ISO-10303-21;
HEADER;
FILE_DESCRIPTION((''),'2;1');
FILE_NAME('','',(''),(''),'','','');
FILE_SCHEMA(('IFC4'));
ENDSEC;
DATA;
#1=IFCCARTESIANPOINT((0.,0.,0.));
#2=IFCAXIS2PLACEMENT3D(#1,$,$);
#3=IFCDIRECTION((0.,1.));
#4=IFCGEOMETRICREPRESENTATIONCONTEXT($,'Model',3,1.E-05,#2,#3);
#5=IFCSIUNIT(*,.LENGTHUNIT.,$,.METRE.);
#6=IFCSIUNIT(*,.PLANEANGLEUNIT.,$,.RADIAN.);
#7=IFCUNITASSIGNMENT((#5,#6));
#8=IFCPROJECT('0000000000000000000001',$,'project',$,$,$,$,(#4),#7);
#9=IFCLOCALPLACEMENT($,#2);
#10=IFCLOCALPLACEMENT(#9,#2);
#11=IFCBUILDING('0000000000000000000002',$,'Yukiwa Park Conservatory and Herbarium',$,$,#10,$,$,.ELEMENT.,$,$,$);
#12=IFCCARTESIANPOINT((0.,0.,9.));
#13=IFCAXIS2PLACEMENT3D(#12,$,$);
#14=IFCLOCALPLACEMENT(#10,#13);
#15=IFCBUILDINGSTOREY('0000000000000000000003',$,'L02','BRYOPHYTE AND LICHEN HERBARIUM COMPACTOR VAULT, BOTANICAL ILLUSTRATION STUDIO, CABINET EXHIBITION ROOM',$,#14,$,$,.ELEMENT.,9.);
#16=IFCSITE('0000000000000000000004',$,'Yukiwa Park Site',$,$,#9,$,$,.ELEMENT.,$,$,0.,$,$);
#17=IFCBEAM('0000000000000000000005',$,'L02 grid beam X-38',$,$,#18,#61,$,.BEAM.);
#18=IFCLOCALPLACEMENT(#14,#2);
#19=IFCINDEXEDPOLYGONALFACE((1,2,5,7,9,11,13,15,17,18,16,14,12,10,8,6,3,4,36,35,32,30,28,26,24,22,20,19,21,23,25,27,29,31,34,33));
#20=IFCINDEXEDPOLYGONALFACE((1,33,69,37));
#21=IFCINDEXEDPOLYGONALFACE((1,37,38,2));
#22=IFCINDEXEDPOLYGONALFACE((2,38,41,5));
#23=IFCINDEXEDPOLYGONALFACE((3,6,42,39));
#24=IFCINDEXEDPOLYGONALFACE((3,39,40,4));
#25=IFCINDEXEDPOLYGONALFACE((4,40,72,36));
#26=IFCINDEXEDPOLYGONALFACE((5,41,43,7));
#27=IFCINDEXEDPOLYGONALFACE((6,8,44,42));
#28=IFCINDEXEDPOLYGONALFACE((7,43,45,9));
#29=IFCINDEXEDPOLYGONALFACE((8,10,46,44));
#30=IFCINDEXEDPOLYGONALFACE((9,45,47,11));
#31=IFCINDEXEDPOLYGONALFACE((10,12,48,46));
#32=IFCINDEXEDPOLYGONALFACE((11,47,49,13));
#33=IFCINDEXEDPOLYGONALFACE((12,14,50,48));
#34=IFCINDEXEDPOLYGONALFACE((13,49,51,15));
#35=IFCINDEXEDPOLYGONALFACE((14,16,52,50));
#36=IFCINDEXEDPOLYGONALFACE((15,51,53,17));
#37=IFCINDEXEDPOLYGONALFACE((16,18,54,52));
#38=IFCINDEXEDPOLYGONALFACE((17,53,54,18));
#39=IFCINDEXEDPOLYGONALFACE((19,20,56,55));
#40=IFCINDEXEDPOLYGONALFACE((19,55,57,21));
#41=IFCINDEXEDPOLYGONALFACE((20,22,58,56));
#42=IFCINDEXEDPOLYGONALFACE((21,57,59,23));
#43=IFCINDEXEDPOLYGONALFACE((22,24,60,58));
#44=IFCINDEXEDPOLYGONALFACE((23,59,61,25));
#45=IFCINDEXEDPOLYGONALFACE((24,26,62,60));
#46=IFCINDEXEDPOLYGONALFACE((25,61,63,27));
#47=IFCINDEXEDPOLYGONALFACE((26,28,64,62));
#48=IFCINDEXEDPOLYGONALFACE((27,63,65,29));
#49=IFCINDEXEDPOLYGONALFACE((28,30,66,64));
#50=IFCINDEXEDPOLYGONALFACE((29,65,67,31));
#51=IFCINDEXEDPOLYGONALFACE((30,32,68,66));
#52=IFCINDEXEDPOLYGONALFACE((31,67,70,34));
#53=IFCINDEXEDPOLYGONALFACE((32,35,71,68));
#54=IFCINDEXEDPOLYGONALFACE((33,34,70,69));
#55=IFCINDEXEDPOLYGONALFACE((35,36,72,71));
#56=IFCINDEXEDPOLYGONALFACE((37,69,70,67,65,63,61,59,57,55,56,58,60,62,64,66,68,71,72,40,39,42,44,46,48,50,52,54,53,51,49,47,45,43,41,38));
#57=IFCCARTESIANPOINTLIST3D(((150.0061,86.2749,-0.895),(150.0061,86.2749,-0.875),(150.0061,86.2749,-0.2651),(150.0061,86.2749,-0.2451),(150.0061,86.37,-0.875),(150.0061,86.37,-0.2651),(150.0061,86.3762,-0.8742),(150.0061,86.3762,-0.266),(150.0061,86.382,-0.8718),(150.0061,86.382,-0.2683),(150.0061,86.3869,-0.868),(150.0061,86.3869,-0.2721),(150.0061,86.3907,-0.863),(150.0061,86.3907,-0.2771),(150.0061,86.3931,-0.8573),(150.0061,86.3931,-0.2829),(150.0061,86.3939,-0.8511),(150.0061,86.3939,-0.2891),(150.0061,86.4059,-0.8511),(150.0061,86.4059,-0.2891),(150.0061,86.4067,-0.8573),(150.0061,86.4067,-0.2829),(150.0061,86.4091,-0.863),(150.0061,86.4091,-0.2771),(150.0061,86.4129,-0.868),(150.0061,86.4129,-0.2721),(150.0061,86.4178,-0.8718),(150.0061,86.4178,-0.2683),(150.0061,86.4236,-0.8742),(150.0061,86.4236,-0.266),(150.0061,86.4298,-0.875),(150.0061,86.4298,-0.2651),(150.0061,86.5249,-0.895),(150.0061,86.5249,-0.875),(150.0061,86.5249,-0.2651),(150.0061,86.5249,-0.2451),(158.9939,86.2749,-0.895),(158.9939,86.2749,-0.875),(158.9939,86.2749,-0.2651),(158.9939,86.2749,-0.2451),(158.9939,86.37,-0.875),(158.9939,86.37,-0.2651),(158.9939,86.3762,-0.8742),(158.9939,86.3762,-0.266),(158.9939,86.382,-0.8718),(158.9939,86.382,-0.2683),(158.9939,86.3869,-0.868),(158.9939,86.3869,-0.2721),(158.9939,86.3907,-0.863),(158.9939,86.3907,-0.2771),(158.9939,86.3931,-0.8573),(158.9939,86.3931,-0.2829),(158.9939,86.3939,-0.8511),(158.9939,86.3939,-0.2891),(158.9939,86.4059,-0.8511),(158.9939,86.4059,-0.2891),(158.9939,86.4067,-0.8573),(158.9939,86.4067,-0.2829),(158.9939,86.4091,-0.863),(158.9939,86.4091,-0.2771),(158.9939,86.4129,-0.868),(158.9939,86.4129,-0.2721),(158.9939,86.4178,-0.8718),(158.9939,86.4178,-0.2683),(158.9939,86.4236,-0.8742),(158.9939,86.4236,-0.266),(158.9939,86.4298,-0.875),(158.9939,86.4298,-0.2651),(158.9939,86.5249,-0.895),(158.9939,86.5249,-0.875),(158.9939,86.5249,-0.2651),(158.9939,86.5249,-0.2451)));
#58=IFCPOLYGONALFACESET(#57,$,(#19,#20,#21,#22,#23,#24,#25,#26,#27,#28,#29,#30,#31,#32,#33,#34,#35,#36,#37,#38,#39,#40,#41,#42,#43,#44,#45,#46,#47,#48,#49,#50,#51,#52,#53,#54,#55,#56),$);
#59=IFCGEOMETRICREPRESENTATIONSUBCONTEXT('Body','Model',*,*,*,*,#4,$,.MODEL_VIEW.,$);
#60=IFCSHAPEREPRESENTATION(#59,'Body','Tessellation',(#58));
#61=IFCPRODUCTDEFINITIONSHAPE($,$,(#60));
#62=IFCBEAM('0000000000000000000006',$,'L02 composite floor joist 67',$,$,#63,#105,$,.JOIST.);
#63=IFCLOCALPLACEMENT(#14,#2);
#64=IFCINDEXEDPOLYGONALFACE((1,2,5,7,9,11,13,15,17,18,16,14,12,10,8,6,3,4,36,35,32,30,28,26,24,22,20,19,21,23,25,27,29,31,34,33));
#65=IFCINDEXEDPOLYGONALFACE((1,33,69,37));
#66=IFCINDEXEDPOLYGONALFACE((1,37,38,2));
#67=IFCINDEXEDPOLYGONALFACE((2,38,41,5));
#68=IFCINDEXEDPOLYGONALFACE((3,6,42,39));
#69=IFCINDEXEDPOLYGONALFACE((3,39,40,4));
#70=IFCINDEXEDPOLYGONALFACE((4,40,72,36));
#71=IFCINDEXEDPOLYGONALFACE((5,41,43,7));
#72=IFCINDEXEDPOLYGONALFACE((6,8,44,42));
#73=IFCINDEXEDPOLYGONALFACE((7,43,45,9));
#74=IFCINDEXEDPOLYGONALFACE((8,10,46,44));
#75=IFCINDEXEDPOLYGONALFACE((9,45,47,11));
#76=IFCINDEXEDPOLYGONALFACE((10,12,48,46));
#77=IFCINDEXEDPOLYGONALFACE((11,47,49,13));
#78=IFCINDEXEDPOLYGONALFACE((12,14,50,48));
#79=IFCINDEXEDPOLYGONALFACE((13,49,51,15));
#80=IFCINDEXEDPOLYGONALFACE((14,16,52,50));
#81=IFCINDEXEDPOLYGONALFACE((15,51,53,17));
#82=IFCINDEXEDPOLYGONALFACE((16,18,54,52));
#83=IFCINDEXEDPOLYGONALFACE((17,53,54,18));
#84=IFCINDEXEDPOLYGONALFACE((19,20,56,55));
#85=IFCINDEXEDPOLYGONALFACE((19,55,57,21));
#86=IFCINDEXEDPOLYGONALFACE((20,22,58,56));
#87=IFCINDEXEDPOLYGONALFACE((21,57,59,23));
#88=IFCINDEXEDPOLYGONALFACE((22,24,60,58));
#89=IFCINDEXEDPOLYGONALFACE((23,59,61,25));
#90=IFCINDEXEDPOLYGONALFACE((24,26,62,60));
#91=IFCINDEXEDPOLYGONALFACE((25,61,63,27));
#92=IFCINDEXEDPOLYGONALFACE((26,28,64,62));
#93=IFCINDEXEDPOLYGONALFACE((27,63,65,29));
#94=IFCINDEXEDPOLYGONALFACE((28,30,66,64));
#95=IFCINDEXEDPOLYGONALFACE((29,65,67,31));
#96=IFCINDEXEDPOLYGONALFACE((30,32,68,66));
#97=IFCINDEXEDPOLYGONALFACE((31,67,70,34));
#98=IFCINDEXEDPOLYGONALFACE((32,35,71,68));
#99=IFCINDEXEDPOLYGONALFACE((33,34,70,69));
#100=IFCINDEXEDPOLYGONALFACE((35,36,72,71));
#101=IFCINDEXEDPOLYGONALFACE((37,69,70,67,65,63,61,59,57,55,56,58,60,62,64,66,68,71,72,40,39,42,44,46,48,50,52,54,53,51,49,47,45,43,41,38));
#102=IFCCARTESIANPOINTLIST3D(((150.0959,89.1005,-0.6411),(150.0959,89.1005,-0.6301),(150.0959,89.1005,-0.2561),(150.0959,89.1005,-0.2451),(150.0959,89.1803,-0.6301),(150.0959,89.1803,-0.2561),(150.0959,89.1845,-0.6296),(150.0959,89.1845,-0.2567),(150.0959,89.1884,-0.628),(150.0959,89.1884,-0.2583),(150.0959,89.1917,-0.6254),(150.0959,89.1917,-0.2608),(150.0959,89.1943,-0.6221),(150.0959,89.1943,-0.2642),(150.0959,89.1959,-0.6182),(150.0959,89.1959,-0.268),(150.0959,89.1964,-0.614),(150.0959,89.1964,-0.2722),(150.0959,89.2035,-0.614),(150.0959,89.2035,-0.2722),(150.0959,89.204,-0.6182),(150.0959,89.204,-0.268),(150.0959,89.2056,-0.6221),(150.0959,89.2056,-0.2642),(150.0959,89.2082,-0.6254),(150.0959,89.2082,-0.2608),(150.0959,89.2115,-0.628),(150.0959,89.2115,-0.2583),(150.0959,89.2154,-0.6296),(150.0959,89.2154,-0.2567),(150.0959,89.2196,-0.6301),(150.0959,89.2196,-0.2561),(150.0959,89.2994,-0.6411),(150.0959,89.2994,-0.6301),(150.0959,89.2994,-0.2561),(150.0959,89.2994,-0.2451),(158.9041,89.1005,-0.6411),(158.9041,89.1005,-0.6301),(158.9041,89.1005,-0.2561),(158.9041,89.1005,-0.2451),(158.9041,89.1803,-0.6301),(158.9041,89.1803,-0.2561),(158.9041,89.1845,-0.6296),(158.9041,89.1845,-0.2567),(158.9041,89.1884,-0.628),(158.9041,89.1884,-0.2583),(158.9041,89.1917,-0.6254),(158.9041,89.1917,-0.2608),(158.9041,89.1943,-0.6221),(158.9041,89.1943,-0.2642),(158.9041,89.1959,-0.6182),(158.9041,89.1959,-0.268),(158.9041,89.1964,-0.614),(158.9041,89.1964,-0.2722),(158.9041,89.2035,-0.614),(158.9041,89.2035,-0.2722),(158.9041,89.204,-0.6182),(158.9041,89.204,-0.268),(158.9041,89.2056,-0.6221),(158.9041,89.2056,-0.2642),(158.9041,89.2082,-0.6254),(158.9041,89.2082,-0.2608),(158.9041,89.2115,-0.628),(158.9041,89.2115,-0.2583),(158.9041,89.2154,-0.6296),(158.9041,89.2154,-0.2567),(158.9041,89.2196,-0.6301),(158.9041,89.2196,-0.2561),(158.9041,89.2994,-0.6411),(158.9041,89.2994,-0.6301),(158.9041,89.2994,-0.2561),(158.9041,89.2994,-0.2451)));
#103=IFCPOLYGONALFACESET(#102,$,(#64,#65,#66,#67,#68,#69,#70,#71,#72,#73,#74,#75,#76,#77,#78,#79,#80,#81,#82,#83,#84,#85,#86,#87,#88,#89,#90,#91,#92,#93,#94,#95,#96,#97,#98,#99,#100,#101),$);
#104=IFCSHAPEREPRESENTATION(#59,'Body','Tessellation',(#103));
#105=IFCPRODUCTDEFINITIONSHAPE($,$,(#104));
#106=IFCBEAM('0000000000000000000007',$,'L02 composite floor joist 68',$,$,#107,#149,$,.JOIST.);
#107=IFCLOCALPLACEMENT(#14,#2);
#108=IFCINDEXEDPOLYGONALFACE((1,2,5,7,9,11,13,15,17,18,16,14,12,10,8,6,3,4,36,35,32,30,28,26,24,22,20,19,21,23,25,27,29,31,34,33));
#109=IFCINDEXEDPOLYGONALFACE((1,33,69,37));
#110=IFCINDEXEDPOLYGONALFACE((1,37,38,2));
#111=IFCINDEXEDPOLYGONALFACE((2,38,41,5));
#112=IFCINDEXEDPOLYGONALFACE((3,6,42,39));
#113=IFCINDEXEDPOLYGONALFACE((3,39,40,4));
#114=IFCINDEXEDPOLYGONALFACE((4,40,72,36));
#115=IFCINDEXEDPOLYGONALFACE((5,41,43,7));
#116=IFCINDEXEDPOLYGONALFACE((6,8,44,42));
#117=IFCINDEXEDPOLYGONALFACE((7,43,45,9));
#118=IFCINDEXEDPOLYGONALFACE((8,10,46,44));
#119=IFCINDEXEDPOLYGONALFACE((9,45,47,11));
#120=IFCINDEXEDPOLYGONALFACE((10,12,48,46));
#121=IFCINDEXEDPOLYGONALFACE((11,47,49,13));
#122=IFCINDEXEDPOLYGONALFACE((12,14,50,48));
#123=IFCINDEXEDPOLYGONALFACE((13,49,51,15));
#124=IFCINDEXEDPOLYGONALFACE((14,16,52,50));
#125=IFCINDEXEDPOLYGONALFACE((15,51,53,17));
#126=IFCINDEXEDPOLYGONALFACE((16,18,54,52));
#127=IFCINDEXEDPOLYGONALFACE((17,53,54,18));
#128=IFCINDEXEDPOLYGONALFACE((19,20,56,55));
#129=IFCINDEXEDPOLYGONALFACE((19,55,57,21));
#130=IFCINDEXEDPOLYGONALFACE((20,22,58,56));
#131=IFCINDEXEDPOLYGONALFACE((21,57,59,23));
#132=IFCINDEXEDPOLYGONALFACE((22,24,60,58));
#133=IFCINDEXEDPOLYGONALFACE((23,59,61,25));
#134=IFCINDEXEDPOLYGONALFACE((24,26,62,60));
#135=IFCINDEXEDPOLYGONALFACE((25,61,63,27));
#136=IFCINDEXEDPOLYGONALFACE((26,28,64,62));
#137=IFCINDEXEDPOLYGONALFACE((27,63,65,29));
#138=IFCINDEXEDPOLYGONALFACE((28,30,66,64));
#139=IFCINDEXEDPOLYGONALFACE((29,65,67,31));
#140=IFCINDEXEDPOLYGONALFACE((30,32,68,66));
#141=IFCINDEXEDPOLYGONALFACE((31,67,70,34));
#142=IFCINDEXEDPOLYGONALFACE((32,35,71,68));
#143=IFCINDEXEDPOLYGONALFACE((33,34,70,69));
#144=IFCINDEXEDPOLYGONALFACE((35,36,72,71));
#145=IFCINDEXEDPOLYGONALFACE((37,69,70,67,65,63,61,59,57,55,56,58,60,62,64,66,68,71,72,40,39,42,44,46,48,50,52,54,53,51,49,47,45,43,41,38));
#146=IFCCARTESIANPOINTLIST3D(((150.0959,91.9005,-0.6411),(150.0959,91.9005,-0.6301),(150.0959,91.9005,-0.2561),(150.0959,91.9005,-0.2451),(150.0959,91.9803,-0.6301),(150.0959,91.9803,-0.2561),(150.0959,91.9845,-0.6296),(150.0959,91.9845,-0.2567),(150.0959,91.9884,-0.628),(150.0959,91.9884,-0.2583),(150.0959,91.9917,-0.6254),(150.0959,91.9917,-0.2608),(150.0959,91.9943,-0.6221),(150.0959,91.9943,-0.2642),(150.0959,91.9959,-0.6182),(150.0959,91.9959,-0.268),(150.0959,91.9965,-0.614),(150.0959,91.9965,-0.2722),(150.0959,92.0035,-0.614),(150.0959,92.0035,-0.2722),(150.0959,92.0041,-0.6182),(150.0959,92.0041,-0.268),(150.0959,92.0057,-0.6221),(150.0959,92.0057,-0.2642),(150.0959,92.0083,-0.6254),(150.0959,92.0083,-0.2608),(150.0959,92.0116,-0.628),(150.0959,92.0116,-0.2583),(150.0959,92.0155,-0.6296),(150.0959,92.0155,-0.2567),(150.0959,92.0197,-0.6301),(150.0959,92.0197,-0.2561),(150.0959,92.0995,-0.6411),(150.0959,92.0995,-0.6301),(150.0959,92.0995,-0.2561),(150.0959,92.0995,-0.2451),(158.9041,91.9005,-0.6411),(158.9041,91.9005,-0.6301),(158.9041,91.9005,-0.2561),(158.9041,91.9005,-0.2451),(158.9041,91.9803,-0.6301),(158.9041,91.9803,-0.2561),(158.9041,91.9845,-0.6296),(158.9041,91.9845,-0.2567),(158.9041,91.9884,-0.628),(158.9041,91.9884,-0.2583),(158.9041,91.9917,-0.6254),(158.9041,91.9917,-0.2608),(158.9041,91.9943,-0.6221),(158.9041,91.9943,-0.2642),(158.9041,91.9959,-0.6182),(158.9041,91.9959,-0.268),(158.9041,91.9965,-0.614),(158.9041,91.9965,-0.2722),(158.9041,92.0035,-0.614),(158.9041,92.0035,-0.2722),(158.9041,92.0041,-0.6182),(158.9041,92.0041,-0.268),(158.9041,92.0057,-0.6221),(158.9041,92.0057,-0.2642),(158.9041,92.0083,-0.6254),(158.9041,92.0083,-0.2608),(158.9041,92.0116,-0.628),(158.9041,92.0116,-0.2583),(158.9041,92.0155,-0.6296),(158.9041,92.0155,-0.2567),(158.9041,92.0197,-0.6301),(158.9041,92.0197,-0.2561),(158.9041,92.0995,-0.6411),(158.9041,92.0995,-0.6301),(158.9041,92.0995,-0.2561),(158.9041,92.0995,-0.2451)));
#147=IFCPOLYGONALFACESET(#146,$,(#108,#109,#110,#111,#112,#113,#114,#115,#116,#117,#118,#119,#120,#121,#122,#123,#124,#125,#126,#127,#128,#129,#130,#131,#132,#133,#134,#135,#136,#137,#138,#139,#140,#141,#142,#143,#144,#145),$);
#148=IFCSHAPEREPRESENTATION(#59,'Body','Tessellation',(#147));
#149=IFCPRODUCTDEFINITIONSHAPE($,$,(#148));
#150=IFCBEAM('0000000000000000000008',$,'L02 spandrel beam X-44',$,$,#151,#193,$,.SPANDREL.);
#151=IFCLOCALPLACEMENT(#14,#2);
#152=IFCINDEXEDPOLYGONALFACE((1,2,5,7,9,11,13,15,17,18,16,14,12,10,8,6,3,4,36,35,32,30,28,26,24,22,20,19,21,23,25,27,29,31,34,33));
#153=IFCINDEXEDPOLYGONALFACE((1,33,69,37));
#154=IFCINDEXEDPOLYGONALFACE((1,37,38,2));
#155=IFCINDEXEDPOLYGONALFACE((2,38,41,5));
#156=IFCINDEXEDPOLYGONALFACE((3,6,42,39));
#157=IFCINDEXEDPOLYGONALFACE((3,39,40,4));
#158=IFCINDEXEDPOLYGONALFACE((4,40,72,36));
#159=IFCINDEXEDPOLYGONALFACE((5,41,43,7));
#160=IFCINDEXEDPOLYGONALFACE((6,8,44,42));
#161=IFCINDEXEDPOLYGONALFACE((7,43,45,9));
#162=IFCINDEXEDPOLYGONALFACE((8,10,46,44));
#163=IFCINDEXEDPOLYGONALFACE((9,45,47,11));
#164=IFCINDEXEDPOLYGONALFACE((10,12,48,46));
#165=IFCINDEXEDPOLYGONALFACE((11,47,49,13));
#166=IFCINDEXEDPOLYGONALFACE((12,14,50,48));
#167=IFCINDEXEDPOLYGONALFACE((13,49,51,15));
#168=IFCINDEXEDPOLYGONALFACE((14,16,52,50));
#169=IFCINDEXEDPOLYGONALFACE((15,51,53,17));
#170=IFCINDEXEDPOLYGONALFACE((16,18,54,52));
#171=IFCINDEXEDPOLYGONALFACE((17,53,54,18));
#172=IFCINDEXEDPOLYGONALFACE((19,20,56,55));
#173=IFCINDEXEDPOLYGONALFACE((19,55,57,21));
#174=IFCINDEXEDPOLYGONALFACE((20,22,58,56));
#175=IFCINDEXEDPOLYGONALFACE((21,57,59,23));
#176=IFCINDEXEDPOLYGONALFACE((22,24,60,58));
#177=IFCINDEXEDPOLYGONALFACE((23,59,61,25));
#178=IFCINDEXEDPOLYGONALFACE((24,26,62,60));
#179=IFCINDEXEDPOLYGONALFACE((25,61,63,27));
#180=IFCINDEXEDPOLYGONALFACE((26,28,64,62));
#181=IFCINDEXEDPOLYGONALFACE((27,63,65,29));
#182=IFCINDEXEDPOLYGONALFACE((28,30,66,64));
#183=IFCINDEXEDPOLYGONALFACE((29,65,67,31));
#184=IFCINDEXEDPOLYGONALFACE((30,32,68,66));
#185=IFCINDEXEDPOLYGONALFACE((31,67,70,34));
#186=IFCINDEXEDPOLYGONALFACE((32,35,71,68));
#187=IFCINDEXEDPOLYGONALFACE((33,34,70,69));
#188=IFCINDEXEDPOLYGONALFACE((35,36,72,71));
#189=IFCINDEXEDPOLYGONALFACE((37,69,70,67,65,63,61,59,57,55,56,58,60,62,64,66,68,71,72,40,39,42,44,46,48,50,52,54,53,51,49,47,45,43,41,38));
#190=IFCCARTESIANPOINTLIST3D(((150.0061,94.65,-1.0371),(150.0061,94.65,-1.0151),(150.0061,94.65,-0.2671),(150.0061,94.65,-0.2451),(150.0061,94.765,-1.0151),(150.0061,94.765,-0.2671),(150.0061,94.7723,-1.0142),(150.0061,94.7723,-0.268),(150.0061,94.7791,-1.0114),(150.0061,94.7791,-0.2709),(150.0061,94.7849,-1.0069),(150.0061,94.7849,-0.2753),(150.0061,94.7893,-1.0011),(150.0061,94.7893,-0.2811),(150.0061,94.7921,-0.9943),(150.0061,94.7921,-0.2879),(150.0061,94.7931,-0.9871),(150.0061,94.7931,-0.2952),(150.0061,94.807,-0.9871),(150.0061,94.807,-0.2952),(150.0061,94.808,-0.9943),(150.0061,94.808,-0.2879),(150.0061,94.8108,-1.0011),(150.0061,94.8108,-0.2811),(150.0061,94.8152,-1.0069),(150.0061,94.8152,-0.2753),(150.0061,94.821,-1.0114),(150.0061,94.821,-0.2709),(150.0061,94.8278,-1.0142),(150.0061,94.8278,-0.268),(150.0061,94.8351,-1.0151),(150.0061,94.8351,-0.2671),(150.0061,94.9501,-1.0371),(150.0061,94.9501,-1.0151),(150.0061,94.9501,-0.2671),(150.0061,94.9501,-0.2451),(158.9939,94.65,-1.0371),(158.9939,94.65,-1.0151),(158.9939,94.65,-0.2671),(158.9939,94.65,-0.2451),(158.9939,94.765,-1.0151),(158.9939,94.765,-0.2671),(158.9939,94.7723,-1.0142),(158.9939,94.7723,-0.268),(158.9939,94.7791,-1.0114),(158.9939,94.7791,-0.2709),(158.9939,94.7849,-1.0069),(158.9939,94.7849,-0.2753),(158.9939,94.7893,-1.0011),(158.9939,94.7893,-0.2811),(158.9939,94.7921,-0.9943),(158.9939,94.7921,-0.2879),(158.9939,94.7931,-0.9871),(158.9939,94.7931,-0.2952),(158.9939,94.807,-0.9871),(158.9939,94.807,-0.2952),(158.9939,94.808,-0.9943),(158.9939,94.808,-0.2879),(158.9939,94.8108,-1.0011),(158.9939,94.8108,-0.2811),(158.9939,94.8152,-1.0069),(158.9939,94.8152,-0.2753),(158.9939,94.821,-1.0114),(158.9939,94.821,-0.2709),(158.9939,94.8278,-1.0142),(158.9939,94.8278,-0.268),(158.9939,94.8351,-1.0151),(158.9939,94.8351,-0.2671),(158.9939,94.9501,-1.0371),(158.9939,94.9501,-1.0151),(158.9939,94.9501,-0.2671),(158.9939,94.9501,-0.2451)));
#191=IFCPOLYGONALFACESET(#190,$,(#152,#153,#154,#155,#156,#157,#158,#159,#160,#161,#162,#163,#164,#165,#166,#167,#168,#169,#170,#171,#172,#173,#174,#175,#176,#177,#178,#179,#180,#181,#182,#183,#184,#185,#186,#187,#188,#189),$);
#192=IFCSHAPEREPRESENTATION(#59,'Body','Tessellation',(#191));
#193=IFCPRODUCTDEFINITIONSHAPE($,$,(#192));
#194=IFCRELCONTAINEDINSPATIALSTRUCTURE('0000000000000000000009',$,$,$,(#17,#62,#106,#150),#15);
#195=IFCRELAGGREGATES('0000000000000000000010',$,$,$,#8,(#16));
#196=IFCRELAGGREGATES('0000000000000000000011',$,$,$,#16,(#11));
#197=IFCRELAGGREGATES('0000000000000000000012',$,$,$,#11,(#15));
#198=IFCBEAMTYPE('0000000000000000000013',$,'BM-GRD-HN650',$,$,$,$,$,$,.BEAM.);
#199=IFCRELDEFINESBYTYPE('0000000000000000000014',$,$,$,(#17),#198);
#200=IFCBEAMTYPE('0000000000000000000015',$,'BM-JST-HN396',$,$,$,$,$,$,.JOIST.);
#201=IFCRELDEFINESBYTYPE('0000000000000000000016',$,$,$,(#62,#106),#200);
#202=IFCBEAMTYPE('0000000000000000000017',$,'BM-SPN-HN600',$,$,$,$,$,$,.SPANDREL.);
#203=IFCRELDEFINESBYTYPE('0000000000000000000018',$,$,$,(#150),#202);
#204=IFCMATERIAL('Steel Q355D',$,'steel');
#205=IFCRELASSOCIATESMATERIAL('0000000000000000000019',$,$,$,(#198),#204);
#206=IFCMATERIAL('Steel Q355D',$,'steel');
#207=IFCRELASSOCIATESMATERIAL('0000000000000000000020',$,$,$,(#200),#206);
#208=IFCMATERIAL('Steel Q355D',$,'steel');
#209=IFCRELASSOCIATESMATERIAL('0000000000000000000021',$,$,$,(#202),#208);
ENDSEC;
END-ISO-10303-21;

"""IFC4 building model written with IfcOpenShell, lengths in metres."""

from ifc_helpers import new_model, si_unit, direction, frame, origin, origin_2d, place, context, subcontext, project, spatial, i_section, extrude, material, material_profile, profile_set, type_object, element, save


model = new_model("IFC4")

# Units and contexts
model_context = context("Model", 3, precision=1e-05, world=origin(), true_north=direction((0.0, 1.0)))
body_context = subcontext(model_context, "Body", "Model", "MODEL_VIEW")
ifc_project = project(units=[si_unit("LENGTHUNIT", "METRE"), si_unit("PLANEANGLEUNIT", "RADIAN")], contexts=[model_context])

# Site, building, storey
site_placement = place(None, origin())
site = spatial("IfcSite", under=ifc_project, at=site_placement, Name="Yukiwa Park Site", CompositionType="ELEMENT", RefElevation=0.0)
building_placement = place(site_placement, origin())
building = spatial("IfcBuilding", under=site, at=building_placement, Name="Yukiwa Park Conservatory and Herbarium", CompositionType="ELEMENT")
storey_placement = place(building_placement, frame((0.0, 0.0, 9.0)))
storey = spatial("IfcBuildingStorey", under=building, at=storey_placement, Name="L02", Description="BRYOPHYTE AND LICHEN HERBARIUM COMPACTOR VAULT, BOTANICAL ILLUSTRATION STUDIO, CABINET EXHIBITION ROOM", CompositionType="ELEMENT", Elevation=9.0)

# Beams
ifc_material_1 = material(Name="Steel Q355D", Category="steel")
ifc_material_profile_1 = material_profile(ifc_material_1, i_section(OverallWidth=0.25, OverallDepth=0.6499, WebThickness=0.012, FlangeThickness=0.02, FilletRadius=0.0239, at=origin_2d()), Name="HN 650x250x12x20")
ifc_profile_set_1 = profile_set([ifc_material_profile_1], Name="Steel Q355D")
beam_type_1 = type_object("IfcBeamType", Name="BM-GRD-HN650", PredefinedType="BEAM", material=ifc_profile_set_1)
beam_1_placement = place(storey_placement, frame((150.0061, 86.3999, -0.5701), z_axis=(1.0, 0.0, 0.0), x_axis=(0.0, 1.0, 0.0)))
element("IfcBeam", 1, at=beam_1_placement, inside=storey, type_object=beam_type_1, Name="L02 grid beam X-38", PredefinedType="BEAM", context=body_context, shape_type="SweptSolid", body=[
    extrude(i_section(OverallWidth=0.25, OverallDepth=0.6499, WebThickness=0.012, FlangeThickness=0.02, FilletRadius=0.0239, at=origin_2d()), origin(), (0.0, 0.0, 1.0), 8.9878),
])
ifc_material_2 = material(Name="Steel Q355D", Category="steel")
ifc_material_profile_2 = material_profile(ifc_material_2, i_section(OverallWidth=0.199, OverallDepth=0.396, WebThickness=0.0071, FlangeThickness=0.011, FilletRadius=0.0161, at=origin_2d()), Name="HN 396x199x7x11")
ifc_profile_set_2 = profile_set([ifc_material_profile_2], Name="Steel Q355D")
beam_type_2 = type_object("IfcBeamType", Name="BM-JST-HN396", PredefinedType="JOIST", material=ifc_profile_set_2)
for number, where, z_axis, x_axis, name in (
    (2, (150.0959, 89.2, -0.4431), (1.0, 0.0, 0.0), (0.0, 1.0, 0.0), "L02 composite floor joist 67"),
    (3, (150.0959, 92.0, -0.4431), (1.0, 0.0, 0.0), (0.0, 1.0, 0.0), "L02 composite floor joist 68"),
):
    element("IfcBeam", number, at=place(storey_placement, frame(where, z_axis=z_axis, x_axis=x_axis)), inside=storey, type_object=beam_type_2, Name=name, PredefinedType="JOIST", context=body_context, shape_type="SweptSolid", body=[
        extrude(i_section(OverallWidth=0.199, OverallDepth=0.396, WebThickness=0.0071, FlangeThickness=0.011, FilletRadius=0.0161, at=origin_2d()), origin(), (0.0, 0.0, 1.0), 8.8081),
    ])
ifc_material_3 = material(Name="Steel Q355D", Category="steel")
ifc_material_profile_3 = material_profile(ifc_material_3, i_section(OverallWidth=0.3, OverallDepth=0.792, WebThickness=0.0139, FlangeThickness=0.022, FilletRadius=0.0281, at=origin_2d()), Name="HN 792x300x14x22")
ifc_profile_set_3 = profile_set([ifc_material_profile_3], Name="Steel Q355D")
beam_type_3 = type_object("IfcBeamType", Name="BM-SPN-HN600", PredefinedType="SPANDREL", material=ifc_profile_set_3)
beam_2_placement = place(storey_placement, frame((150.0061, 94.8, -0.6411), z_axis=(1.0, 0.0, 0.0), x_axis=(0.0, 1.0, 0.0)))
element("IfcBeam", 4, at=beam_2_placement, inside=storey, type_object=beam_type_3, Name="L02 spandrel beam X-44", PredefinedType="SPANDREL", context=body_context, shape_type="SweptSolid", body=[
    extrude(i_section(OverallWidth=0.3, OverallDepth=0.792, WebThickness=0.0139, FlangeThickness=0.022, FilletRadius=0.0281, at=origin_2d()), origin(), (0.0, 0.0, 1.0), 8.9878),
])

save(model, "model.ifc")
